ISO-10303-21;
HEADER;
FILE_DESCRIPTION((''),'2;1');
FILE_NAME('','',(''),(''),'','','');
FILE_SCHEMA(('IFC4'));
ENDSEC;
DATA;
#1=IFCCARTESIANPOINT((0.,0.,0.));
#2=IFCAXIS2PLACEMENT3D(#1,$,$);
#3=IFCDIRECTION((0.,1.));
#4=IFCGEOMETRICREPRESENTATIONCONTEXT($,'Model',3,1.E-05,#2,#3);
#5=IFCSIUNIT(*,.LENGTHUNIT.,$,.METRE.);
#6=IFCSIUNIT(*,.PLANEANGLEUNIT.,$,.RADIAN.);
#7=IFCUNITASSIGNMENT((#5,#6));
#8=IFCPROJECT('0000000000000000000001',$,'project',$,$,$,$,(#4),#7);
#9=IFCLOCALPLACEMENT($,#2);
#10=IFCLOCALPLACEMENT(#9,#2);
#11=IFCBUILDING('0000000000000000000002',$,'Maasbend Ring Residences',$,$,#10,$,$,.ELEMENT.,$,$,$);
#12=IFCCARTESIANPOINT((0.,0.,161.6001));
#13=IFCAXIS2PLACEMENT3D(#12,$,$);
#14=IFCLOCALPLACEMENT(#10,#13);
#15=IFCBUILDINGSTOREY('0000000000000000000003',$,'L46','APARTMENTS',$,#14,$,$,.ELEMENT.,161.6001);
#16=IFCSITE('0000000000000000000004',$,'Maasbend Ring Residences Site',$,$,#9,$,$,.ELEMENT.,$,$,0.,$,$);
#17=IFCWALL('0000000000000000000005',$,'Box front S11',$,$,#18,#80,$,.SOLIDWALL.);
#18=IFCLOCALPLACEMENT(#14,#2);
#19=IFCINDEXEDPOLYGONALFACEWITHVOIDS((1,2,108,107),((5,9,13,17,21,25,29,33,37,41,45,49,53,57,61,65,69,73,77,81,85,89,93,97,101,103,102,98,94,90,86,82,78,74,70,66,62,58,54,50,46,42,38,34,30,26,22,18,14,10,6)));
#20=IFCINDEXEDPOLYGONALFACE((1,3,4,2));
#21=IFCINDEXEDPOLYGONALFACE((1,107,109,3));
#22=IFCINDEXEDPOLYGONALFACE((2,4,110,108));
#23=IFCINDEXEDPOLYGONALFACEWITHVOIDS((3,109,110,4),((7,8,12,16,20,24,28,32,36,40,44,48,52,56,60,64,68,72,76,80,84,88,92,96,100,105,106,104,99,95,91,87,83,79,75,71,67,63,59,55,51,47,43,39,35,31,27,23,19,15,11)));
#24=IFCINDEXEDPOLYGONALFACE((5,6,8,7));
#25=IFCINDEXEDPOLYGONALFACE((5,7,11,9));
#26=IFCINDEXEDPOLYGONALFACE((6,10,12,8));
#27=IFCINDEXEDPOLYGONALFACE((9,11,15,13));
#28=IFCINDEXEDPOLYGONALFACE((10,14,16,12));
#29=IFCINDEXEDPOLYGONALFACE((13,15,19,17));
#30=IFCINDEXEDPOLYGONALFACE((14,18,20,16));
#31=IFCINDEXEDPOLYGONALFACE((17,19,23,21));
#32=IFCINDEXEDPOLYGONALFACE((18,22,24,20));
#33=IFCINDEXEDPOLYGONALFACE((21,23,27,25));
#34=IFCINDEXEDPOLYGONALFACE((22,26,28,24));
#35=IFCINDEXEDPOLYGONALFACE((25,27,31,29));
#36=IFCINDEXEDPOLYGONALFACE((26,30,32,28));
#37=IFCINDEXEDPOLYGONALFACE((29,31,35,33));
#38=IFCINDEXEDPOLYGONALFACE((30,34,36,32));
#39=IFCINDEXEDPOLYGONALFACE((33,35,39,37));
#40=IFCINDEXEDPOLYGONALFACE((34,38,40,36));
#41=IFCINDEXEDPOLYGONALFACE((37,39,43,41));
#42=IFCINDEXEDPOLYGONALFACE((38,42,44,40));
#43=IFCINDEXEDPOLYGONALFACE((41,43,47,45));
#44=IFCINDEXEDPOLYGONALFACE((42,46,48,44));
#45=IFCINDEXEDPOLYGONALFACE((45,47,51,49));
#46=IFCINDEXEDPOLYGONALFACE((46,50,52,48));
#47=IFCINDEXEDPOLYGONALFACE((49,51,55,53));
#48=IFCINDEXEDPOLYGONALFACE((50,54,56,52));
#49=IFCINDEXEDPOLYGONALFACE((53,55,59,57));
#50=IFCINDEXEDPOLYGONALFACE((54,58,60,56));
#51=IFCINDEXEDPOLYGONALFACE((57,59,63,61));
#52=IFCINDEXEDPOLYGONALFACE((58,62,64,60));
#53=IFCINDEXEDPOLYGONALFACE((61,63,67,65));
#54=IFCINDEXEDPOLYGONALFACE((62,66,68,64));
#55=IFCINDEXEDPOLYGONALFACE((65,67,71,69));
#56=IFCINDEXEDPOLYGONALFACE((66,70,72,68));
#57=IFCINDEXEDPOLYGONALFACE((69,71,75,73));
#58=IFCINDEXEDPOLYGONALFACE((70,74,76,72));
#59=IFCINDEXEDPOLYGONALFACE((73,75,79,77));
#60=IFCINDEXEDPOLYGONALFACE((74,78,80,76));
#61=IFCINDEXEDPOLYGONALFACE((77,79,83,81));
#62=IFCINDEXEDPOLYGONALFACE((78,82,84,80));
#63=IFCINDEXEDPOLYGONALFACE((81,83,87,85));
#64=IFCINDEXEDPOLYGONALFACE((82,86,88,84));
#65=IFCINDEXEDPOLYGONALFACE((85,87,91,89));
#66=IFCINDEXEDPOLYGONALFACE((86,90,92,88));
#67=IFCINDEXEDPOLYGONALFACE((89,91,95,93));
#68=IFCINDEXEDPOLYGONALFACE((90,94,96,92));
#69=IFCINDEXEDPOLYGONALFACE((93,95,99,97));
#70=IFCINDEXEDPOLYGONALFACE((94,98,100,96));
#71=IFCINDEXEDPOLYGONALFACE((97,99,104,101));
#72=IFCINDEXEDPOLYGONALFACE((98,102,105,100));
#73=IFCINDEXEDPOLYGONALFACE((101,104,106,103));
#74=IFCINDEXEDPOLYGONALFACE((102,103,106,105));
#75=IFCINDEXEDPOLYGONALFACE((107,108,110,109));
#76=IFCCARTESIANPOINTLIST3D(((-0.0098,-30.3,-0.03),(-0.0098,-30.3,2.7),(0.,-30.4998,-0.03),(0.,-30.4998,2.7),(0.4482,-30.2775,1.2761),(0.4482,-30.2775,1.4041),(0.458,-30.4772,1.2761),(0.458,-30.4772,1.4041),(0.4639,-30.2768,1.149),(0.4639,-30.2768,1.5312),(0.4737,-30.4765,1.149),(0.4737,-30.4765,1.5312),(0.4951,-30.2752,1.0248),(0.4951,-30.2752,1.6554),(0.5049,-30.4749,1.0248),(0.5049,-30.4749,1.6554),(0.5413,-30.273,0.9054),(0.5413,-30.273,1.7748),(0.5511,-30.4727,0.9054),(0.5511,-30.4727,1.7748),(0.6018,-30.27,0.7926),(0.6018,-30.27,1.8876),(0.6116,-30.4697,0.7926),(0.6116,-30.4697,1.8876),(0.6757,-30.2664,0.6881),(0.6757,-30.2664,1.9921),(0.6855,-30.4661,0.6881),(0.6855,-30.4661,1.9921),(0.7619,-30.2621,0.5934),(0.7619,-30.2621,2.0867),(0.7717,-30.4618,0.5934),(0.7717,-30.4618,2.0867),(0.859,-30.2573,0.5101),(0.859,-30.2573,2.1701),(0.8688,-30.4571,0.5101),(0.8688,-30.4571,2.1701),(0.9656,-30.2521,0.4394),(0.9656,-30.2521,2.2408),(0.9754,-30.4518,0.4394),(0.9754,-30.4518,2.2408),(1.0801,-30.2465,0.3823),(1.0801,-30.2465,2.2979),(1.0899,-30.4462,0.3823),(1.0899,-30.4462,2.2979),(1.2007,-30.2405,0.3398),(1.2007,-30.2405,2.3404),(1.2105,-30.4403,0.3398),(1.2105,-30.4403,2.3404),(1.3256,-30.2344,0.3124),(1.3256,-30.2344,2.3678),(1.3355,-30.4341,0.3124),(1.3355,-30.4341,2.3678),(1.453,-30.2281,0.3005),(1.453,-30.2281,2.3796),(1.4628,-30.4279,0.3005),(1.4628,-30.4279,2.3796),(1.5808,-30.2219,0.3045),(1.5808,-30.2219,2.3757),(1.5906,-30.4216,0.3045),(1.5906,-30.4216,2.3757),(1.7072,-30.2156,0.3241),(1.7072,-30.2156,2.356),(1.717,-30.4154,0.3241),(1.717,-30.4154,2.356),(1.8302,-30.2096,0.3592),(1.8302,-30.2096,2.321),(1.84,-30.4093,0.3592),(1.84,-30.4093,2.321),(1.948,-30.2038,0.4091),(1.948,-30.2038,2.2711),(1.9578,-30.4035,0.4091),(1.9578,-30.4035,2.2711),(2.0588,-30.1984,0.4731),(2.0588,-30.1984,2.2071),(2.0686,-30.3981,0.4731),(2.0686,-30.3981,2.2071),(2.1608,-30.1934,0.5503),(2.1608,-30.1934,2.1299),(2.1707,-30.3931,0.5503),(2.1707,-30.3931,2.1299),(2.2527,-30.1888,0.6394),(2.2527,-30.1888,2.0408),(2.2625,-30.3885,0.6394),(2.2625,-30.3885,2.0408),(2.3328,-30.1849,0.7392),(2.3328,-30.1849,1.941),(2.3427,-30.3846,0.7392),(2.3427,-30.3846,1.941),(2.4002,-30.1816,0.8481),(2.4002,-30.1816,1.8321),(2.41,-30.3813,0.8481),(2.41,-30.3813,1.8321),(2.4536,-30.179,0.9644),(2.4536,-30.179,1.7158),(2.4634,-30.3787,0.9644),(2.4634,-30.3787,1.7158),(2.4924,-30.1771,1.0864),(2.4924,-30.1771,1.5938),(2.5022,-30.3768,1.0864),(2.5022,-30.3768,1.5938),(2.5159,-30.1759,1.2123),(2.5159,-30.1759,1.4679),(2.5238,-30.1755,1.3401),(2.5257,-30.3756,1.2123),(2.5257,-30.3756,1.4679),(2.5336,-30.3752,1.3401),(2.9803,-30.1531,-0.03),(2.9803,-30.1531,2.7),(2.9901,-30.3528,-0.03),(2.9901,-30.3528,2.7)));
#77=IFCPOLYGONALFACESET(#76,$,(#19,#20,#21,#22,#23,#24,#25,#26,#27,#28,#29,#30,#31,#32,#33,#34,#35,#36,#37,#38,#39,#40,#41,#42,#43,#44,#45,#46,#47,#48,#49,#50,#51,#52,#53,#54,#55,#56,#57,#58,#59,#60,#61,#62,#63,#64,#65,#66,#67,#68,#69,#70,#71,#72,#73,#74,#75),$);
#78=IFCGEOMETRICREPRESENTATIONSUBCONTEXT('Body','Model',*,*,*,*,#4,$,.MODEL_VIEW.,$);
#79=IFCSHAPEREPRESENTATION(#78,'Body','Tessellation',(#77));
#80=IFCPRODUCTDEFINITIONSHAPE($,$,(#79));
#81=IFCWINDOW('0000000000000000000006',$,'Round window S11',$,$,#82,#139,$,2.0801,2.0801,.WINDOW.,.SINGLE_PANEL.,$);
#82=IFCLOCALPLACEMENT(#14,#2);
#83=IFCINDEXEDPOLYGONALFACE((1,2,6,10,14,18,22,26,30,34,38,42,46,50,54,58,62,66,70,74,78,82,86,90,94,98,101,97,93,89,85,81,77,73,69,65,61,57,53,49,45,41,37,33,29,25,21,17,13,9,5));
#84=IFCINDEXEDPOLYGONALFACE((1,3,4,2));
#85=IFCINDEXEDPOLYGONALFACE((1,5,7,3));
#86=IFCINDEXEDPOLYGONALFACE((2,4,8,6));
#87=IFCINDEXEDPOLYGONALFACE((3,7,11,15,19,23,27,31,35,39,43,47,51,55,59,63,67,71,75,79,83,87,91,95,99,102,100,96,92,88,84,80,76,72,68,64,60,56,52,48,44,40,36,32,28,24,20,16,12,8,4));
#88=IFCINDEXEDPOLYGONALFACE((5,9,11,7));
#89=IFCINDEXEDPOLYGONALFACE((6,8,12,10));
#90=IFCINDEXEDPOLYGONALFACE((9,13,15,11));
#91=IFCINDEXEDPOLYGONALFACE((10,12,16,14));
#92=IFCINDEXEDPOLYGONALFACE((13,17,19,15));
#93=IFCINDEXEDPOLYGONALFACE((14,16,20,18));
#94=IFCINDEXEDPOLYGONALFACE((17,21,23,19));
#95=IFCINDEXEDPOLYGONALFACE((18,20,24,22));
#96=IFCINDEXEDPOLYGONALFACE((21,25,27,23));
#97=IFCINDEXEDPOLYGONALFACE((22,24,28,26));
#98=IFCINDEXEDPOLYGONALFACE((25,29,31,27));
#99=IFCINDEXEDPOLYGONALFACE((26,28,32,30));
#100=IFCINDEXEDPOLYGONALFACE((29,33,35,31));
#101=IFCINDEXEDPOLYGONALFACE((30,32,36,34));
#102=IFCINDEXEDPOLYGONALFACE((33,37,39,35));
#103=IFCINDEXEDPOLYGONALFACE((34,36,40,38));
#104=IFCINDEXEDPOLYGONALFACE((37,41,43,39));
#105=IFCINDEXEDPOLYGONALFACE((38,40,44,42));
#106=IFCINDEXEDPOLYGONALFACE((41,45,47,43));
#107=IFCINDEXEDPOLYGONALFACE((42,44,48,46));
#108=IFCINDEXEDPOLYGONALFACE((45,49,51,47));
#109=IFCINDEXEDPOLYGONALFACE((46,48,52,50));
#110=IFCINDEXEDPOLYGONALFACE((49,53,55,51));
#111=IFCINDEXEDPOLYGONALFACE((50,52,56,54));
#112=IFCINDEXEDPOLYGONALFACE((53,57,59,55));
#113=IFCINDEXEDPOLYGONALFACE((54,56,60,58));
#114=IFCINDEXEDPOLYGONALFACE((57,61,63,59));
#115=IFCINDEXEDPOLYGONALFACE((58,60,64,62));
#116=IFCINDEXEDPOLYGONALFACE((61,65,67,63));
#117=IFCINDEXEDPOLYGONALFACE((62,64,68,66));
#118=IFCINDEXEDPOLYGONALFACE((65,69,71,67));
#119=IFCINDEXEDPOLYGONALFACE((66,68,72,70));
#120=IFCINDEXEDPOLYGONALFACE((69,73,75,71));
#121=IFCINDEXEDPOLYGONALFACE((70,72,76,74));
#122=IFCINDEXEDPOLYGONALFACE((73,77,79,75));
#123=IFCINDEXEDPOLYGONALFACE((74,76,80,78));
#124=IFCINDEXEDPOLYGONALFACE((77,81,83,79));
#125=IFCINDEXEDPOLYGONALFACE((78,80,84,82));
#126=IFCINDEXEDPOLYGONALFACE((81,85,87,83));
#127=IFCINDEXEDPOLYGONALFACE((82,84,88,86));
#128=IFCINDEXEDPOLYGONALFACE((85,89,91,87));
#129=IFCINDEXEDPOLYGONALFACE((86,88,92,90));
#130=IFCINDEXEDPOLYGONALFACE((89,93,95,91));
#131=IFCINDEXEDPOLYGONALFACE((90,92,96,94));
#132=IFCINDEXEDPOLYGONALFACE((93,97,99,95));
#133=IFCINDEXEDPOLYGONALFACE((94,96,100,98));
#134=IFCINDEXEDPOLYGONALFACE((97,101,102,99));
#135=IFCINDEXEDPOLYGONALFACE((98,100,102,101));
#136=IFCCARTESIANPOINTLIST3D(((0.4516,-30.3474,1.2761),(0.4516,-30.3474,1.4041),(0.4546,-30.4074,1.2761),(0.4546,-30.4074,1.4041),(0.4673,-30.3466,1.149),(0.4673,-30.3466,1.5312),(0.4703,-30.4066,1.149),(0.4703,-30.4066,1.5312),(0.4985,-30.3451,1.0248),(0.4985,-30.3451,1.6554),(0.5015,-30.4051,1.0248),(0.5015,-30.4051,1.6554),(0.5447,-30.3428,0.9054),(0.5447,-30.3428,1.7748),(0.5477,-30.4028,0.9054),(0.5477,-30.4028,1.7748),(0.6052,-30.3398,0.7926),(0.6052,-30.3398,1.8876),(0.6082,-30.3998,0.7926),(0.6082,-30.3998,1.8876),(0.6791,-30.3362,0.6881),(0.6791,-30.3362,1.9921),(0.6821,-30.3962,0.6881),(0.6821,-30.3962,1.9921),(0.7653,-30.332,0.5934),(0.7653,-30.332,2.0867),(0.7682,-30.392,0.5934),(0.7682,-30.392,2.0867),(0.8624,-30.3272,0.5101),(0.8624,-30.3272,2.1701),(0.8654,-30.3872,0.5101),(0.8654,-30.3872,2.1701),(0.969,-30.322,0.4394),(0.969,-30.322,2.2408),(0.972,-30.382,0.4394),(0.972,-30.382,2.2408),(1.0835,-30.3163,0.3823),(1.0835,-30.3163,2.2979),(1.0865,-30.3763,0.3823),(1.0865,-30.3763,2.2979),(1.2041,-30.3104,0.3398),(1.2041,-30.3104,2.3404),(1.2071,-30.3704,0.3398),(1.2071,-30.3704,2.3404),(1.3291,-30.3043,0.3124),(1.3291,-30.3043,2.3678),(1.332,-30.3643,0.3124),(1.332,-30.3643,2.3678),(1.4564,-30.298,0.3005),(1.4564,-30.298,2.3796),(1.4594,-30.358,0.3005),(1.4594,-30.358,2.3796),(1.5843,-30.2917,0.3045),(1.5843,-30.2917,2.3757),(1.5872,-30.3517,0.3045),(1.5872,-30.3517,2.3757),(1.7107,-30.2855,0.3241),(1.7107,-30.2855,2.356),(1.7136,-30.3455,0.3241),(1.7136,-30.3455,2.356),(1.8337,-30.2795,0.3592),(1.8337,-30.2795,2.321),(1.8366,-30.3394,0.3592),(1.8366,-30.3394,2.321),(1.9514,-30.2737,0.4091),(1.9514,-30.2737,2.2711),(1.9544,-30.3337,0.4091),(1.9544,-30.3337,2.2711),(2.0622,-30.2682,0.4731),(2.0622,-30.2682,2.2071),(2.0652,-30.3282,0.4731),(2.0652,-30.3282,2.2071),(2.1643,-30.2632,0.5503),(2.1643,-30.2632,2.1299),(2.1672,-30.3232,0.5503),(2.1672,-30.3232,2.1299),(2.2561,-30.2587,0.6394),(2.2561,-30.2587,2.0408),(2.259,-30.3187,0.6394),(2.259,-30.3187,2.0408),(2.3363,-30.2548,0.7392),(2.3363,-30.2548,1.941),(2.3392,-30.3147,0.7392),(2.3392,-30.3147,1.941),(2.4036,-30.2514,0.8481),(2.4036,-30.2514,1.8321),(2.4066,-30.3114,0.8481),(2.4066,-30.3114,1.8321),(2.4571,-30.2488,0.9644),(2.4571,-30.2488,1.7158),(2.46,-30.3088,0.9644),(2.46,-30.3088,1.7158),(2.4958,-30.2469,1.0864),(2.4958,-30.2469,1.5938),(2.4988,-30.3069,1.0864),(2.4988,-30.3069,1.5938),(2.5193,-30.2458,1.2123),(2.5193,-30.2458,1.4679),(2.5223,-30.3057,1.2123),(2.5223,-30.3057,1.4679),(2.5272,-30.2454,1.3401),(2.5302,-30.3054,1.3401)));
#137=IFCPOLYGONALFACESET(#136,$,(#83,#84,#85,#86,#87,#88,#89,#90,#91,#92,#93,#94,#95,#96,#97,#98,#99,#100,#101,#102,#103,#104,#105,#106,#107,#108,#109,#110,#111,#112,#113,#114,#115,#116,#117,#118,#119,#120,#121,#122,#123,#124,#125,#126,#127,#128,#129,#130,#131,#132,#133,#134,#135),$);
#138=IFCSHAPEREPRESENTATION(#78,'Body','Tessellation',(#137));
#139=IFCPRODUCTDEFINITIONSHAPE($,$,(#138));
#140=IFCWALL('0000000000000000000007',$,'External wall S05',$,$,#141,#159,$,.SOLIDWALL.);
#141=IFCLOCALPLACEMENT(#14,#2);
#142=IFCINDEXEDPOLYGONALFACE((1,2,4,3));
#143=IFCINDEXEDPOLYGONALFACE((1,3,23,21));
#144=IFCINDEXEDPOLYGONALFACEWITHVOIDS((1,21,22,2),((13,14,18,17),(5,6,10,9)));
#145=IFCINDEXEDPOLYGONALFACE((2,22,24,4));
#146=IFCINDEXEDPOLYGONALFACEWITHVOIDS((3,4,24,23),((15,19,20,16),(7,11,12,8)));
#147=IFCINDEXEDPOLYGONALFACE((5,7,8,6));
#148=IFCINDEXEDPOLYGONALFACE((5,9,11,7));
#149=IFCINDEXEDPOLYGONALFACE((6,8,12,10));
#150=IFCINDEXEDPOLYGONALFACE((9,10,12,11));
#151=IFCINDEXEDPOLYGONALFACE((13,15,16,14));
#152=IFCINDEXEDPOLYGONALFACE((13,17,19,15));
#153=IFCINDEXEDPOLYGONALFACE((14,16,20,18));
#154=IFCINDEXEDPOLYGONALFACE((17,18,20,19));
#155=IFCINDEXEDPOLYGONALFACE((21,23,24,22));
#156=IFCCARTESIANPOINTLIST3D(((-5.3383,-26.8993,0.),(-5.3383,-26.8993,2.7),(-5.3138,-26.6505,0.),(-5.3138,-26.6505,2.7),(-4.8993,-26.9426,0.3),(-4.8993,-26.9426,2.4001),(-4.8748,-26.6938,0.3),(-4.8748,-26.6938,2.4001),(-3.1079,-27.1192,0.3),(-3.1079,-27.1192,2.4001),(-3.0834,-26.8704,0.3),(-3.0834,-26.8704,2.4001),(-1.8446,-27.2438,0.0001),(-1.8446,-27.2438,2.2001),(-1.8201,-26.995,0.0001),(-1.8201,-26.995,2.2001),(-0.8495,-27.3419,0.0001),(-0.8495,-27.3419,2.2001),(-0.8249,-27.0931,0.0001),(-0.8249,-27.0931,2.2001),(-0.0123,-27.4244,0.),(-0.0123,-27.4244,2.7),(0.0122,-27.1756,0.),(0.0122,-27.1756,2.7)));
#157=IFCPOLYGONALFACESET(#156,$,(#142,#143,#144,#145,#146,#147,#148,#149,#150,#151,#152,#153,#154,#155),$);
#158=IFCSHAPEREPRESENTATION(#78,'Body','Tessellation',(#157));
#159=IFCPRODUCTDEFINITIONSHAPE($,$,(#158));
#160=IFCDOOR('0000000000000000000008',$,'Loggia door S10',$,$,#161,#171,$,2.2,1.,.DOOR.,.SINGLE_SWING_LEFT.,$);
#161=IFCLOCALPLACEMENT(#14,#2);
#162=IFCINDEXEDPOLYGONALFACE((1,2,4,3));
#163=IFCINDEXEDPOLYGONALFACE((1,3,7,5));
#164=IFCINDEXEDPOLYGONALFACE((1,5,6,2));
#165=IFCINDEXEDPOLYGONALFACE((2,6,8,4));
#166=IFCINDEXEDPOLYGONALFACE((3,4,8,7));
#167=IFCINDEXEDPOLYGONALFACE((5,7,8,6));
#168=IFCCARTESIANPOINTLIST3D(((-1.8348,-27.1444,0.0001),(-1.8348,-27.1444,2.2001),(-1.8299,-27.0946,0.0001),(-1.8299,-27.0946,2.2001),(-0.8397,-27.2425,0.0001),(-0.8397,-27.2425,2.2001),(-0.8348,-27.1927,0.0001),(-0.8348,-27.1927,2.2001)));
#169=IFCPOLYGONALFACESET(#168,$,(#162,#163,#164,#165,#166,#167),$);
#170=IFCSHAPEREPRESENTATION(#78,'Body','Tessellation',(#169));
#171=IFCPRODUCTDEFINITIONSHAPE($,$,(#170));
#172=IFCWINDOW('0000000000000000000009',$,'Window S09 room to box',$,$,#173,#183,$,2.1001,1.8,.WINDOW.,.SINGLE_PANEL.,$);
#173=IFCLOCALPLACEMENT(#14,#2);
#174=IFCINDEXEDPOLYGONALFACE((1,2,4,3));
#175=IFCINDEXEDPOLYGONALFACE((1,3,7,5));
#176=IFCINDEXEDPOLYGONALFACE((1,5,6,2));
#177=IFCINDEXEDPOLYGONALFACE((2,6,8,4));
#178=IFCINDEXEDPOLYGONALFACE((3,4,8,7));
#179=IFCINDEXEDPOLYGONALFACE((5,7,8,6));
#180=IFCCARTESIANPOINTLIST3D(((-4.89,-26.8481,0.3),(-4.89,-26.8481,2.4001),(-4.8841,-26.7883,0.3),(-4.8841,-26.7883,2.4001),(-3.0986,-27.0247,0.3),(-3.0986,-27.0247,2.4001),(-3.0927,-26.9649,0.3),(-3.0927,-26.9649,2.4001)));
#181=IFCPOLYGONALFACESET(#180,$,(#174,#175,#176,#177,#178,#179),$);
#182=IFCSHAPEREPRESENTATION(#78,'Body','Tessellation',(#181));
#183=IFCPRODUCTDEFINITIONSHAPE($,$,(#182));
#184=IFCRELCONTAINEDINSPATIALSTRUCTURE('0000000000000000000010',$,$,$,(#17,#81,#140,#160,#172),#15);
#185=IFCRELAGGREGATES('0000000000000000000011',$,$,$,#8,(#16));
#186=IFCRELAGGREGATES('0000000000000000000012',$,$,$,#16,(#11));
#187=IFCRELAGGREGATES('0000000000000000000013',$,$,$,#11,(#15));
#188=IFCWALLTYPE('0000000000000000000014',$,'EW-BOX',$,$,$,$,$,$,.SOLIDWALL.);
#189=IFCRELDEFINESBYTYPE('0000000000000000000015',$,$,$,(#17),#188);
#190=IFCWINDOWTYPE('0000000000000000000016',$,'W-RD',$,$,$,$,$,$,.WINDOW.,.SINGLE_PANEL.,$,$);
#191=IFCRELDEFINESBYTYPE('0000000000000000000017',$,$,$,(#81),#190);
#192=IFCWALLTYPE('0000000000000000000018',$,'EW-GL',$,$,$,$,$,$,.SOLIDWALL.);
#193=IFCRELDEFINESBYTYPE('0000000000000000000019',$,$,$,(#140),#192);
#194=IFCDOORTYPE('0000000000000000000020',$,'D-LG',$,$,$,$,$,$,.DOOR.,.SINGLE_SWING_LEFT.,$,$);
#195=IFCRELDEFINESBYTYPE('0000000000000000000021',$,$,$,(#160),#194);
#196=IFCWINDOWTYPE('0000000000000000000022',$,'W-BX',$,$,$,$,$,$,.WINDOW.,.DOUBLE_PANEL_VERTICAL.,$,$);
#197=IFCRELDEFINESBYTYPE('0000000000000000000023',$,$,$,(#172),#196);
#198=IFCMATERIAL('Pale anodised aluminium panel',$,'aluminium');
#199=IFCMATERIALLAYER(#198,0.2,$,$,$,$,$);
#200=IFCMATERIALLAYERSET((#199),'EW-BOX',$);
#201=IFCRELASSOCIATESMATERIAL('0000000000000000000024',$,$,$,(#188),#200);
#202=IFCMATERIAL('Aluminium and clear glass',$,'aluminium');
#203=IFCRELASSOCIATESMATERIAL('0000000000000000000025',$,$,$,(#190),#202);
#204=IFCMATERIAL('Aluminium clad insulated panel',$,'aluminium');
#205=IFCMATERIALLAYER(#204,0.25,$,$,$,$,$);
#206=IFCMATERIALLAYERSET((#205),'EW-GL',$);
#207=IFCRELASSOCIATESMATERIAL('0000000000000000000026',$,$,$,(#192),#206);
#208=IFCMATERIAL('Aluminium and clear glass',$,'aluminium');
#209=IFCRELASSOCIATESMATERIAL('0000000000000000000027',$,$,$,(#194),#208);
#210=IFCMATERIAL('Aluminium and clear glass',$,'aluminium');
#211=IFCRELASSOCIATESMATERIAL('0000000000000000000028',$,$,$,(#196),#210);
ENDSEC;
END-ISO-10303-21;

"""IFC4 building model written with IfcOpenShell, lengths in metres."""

from ifc_helpers import new_model, si_unit, direction, frame, frame_2d, origin, place, context, subcontext, project, spatial, rectangle, circle, extrude, material, layer, layer_set, type_object, element, fill, save


model = new_model("IFC4")

# Units and contexts
model_context = context("Model", 3, precision=1e-05, world=origin(), true_north=direction((0.0, 1.0)))
body_context = subcontext(model_context, "Body", "Model", "MODEL_VIEW")
ifc_project = project(units=[si_unit("LENGTHUNIT", "METRE"), si_unit("PLANEANGLEUNIT", "RADIAN")], contexts=[model_context])

# Site, building, storey
site_placement = place(None, origin())
site = spatial("IfcSite", under=ifc_project, at=site_placement, Name="Maasbend Ring Residences Site", CompositionType="ELEMENT", RefElevation=0.0)
building_placement = place(site_placement, origin())
building = spatial("IfcBuilding", under=site, at=building_placement, Name="Maasbend Ring Residences", CompositionType="ELEMENT")
storey_placement = place(building_placement, frame((0.0, 0.0, 161.6001)))
storey = spatial("IfcBuildingStorey", under=building, at=storey_placement, Name="L46", Description="APARTMENTS", CompositionType="ELEMENT", Elevation=161.6001)

# Shared definitions
ifc_material_1 = material(Name="Pale anodised aluminium panel", Category="aluminium")
ifc_layer_1 = layer(ifc_material_1, 0.2)
ifc_layer_set_1 = layer_set([ifc_layer_1], Name="EW-BOX")
wall_type_1 = type_object("IfcWallType", Name="EW-BOX", PredefinedType="SOLIDWALL", material=ifc_layer_set_1)

# Shared definitions
ifc_material_2 = material(Name="Aluminium and clear glass", Category="aluminium")
window_type_1 = type_object("IfcWindowType", Name="W-RD", PartitioningType="SINGLE_PANEL", PredefinedType="WINDOW", material=ifc_material_2)

# Wall, opening, window
wall_1_placement = place(storey_placement, frame((-0.0049, -30.3999, -0.03), z_axis=(0.0, 0.0, 1.0), x_axis=(0.998794, 0.049096, 0.0)))
wall_1 = element("IfcWall", 1, at=wall_1_placement, inside=storey, type_object=wall_type_1, Name="Box front S11", PredefinedType="SOLIDWALL", context=body_context, shape_type="SweptSolid", body=[
    extrude(rectangle(XDim=2.9937, YDim=0.2, at=frame_2d((1.4968, 0.0))), origin(), (0.0, 0.0, 1.0), 2.73),
])
opening_1_placement = place(wall_1_placement, frame((0.4565, 0.0, 0.3301)))
opening_1 = element("IfcOpeningElement", 2, at=opening_1_placement, cuts=wall_1, PredefinedType="OPENING", context=body_context, shape_type="SweptSolid", body=[
    extrude(circle(Radius=1.04, at=frame_2d((1.04, 1.04))), frame((0.0, 0.1099, 0.0), z_axis=(0.0, -1.0, 0.0), x_axis=(1.0, 0.0, 0.0)), (0.0, 0.0, 1.0), 0.22),
])
window_1_placement = place(opening_1_placement, origin())
window_1 = element("IfcWindow", 3, at=window_1_placement, inside=storey, type_object=window_type_1, Name="Round window S11", OverallHeight=2.0801, OverallWidth=2.0801, PartitioningType="SINGLE_PANEL", PredefinedType="WINDOW", context=body_context, shape_type="SweptSolid", body=[
    extrude(circle(Radius=1.04, at=frame_2d((1.04, 1.04))), frame((0.0, 0.03, 0.0), z_axis=(0.0, -1.0, 0.0), x_axis=(1.0, 0.0, 0.0)), (0.0, 0.0, 1.0), 0.0601),
])
fill(opening_1, window_1)

# Wall, openings, door, window
ifc_material_3 = material(Name="Aluminium clad insulated panel", Category="aluminium")
ifc_layer_2 = layer(ifc_material_3, 0.25)
ifc_layer_set_2 = layer_set([ifc_layer_2], Name="EW-GL")
wall_type_2 = type_object("IfcWallType", Name="EW-GL", PredefinedType="SOLIDWALL", material=ifc_layer_set_2)
wall_2_placement = place(storey_placement, frame((-5.3259, -26.7749, 0.0), z_axis=(0.0, 0.0, 1.0), x_axis=(0.995174, -0.098126, 0.0)))
wall_2 = element("IfcWall", 4, at=wall_2_placement, inside=storey, type_object=wall_type_2, Name="External wall S05", PredefinedType="SOLIDWALL", context=body_context, shape_type="SweptSolid", body=[
    extrude(rectangle(XDim=5.3518, YDim=0.25, at=frame_2d((2.6758, 0.0))), origin(), (0.0, 0.0, 1.0), 2.7),
])
opening_2_placement = place(wall_2_placement, frame((0.4412, 0.0, 0.3)))
opening_2 = element("IfcOpeningElement", 5, at=opening_2_placement, cuts=wall_2, PredefinedType="OPENING", context=body_context, shape_type="SweptSolid", body=[
    extrude(rectangle(XDim=1.8, YDim=2.1001, at=frame_2d((0.8999, 1.05))), frame((0.0, 0.135, 0.0), z_axis=(0.0, -1.0, 0.0), x_axis=(1.0, 0.0, 0.0)), (0.0, 0.0, 1.0), 0.27),
])
opening_3_placement = place(wall_2_placement, frame((3.5105, 0.0, 0.0)))
opening_3 = element("IfcOpeningElement", 6, at=opening_3_placement, cuts=wall_2, PredefinedType="OPENING", context=body_context, shape_type="SweptSolid", body=[
    extrude(rectangle(XDim=1.0, YDim=2.2, at=frame_2d((0.5, 1.1001))), frame((0.0, 0.135, 0.0), z_axis=(0.0, -1.0, 0.0), x_axis=(1.0, 0.0, 0.0)), (0.0, 0.0, 1.0), 0.27),
])
ifc_material_4 = material(Name="Aluminium and clear glass", Category="aluminium")
door_type_1 = type_object("IfcDoorType", Name="D-LG", OperationType="SINGLE_SWING_LEFT", PredefinedType="DOOR", material=ifc_material_4)
door_1_placement = place(opening_3_placement, origin())
door_1 = element("IfcDoor", 7, at=door_1_placement, inside=storey, type_object=door_type_1, Name="Loggia door S10", OperationType="SINGLE_SWING_LEFT", OverallHeight=2.2, OverallWidth=1.0, PredefinedType="DOOR", context=body_context, shape_type="SweptSolid", body=[
    extrude(rectangle(XDim=1.0, YDim=2.2, at=frame_2d((0.5, 1.1001))), frame((0.0, 0.0249, 0.0), z_axis=(0.0, -1.0, 0.0), x_axis=(1.0, 0.0, 0.0)), (0.0, 0.0, 1.0), 0.05),
])
fill(opening_3, door_1)
ifc_material_5 = material(Name="Aluminium and clear glass", Category="aluminium")
window_type_2 = type_object("IfcWindowType", Name="W-BX", PartitioningType="DOUBLE_PANEL_VERTICAL", PredefinedType="WINDOW", material=ifc_material_5)
window_2_placement = place(opening_2_placement, origin())
window_2 = element("IfcWindow", 8, at=window_2_placement, inside=storey, type_object=window_type_2, Name="Window S09 room to box", OverallHeight=2.1001, OverallWidth=1.8, PartitioningType="SINGLE_PANEL", PredefinedType="WINDOW", context=body_context, shape_type="SweptSolid", body=[
    extrude(rectangle(XDim=1.8, YDim=2.1001, at=frame_2d((0.8999, 1.05))), frame((0.0, 0.03, 0.0), z_axis=(0.0, -1.0, 0.0), x_axis=(1.0, 0.0, 0.0)), (0.0, 0.0, 1.0), 0.0601),
])
fill(opening_2, window_2)

save(model, "model.ifc")
